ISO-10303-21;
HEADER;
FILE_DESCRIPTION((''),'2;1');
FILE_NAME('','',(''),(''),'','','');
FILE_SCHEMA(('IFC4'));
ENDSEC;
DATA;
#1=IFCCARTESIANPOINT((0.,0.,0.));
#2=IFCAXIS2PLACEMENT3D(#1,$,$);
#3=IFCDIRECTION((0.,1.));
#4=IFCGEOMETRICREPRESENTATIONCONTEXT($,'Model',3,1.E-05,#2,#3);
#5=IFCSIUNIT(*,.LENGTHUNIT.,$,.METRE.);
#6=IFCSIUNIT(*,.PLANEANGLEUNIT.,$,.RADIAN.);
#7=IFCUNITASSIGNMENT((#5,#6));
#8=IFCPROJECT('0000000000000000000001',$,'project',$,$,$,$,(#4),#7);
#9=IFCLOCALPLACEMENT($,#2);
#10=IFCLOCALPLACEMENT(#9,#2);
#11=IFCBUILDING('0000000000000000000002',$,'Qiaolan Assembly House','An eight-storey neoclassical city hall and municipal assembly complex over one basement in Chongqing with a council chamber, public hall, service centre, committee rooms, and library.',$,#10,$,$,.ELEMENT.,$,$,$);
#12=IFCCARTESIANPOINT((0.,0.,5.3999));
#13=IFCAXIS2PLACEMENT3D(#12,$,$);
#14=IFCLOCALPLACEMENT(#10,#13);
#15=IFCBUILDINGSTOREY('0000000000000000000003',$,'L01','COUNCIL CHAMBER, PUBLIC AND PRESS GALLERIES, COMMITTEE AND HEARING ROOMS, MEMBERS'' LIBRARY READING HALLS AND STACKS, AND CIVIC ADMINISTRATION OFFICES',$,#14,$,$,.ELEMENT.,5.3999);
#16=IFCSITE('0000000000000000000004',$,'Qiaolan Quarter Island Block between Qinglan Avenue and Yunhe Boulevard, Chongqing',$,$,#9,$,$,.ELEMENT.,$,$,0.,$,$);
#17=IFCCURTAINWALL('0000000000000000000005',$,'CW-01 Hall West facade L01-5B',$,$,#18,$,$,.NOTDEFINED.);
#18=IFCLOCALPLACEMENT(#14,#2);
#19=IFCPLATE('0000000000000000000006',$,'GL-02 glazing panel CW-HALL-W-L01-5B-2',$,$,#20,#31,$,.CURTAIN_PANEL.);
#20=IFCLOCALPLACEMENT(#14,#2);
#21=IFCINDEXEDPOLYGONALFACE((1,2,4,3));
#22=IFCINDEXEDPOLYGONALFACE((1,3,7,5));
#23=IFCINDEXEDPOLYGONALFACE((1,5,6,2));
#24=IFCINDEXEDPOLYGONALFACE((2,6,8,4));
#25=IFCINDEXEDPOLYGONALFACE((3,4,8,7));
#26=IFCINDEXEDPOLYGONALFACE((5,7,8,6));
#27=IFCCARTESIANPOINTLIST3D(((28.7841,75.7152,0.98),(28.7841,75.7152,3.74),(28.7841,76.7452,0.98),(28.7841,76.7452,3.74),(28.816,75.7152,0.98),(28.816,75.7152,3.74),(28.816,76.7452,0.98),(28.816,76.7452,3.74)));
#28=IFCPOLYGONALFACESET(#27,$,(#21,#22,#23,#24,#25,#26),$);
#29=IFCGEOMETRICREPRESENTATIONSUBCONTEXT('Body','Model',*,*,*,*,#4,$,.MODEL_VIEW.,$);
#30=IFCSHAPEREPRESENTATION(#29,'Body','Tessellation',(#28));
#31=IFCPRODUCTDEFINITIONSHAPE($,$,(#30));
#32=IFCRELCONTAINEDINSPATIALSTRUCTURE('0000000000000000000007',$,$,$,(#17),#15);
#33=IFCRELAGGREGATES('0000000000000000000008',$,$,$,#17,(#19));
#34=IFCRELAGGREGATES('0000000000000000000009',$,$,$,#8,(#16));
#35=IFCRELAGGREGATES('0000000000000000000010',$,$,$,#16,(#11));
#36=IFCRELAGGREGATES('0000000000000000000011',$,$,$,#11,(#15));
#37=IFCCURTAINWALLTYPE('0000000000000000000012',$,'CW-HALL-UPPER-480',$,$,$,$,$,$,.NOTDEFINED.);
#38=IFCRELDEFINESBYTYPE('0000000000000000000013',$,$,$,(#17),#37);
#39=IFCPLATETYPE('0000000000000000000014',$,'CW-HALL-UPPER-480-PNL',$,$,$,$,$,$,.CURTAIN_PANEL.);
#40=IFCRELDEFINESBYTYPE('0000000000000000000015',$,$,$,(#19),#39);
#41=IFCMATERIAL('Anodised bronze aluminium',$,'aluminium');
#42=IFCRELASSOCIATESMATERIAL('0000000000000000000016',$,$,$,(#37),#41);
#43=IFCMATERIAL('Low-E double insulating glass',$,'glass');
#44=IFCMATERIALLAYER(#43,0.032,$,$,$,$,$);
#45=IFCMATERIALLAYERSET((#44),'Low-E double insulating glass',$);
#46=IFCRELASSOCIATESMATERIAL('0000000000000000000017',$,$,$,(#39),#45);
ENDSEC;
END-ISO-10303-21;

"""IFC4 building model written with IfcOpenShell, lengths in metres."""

from ifc_helpers import new_model, si_unit, direction, frame, frame_2d, origin, place, context, subcontext, project, spatial, rectangle, extrude, material, layer, layer_set, type_object, element, aggregate, save


model = new_model("IFC4")

# Units and contexts
model_context = context("Model", 3, precision=1e-05, world=origin(), true_north=direction((0.0, 1.0)))
body_context = subcontext(model_context, "Body", "Model", "MODEL_VIEW")
ifc_project = project(units=[si_unit("LENGTHUNIT", "METRE"), si_unit("PLANEANGLEUNIT", "RADIAN")], contexts=[model_context])

# Site, building, storey
site_placement = place(None, origin())
site = spatial("IfcSite", under=ifc_project, at=site_placement, Name="Qiaolan Quarter Island Block between Qinglan Avenue and Yunhe Boulevard, Chongqing", CompositionType="ELEMENT", RefElevation=0.0)
building_placement = place(site_placement, origin())
building = spatial("IfcBuilding", under=site, at=building_placement, Name="Qiaolan Assembly House", Description="An eight-storey neoclassical city hall and municipal assembly complex over one basement in Chongqing with a council chamber, public hall, service centre, committee rooms, and library.", CompositionType="ELEMENT")
storey_placement = place(building_placement, frame((0.0, 0.0, 5.3999)))
storey = spatial("IfcBuildingStorey", under=building, at=storey_placement, Name="L01", Description="COUNCIL CHAMBER, PUBLIC AND PRESS GALLERIES, COMMITTEE AND HEARING ROOMS, MEMBERS' LIBRARY READING HALLS AND STACKS, AND CIVIC ADMINISTRATION OFFICES", CompositionType="ELEMENT", Elevation=5.3999)

# Shared definitions
ifc_material_1 = material(Name="Anodised bronze aluminium", Category="aluminium")
curtain_wall_type = type_object("IfcCurtainWallType", Name="CW-HALL-UPPER-480", PredefinedType="NOTDEFINED", material=ifc_material_1)

# Curtain wall
curtain_wall_1_placement = place(storey_placement, origin())
curtain_wall_1 = element("IfcCurtainWall", 1, at=curtain_wall_1_placement, inside=storey, type_object=curtain_wall_type, Name="CW-01 Hall West facade L01-5B", PredefinedType="NOTDEFINED")

# Plate
ifc_material_2 = material(Name="Low-E double insulating glass", Category="glass")
ifc_layer = layer(ifc_material_2, 0.032)
ifc_layer_set = layer_set([ifc_layer], Name="Low-E double insulating glass")
plate_type = type_object("IfcPlateType", Name="CW-HALL-UPPER-480-PNL", PredefinedType="CURTAIN_PANEL", material=ifc_layer_set)
plate_1_placement = place(storey_placement, frame((28.8, 75.7151, 0.98), z_axis=(0.0, 0.0, 1.0), x_axis=(0.0, 1.0, 0.0)))
plate_1 = element("IfcPlate", 2, at=plate_1_placement, type_object=plate_type, Name="GL-02 glazing panel CW-HALL-W-L01-5B-2", PredefinedType="CURTAIN_PANEL", context=body_context, shape_type="SweptSolid", body=[
    extrude(rectangle(XDim=1.03, YDim=0.032, at=frame_2d((0.5151, 0.0))), origin(), (0.0, 0.0, 1.0), 2.76),
])
aggregate(curtain_wall_1, [plate_1])

save(model, "model.ifc")
